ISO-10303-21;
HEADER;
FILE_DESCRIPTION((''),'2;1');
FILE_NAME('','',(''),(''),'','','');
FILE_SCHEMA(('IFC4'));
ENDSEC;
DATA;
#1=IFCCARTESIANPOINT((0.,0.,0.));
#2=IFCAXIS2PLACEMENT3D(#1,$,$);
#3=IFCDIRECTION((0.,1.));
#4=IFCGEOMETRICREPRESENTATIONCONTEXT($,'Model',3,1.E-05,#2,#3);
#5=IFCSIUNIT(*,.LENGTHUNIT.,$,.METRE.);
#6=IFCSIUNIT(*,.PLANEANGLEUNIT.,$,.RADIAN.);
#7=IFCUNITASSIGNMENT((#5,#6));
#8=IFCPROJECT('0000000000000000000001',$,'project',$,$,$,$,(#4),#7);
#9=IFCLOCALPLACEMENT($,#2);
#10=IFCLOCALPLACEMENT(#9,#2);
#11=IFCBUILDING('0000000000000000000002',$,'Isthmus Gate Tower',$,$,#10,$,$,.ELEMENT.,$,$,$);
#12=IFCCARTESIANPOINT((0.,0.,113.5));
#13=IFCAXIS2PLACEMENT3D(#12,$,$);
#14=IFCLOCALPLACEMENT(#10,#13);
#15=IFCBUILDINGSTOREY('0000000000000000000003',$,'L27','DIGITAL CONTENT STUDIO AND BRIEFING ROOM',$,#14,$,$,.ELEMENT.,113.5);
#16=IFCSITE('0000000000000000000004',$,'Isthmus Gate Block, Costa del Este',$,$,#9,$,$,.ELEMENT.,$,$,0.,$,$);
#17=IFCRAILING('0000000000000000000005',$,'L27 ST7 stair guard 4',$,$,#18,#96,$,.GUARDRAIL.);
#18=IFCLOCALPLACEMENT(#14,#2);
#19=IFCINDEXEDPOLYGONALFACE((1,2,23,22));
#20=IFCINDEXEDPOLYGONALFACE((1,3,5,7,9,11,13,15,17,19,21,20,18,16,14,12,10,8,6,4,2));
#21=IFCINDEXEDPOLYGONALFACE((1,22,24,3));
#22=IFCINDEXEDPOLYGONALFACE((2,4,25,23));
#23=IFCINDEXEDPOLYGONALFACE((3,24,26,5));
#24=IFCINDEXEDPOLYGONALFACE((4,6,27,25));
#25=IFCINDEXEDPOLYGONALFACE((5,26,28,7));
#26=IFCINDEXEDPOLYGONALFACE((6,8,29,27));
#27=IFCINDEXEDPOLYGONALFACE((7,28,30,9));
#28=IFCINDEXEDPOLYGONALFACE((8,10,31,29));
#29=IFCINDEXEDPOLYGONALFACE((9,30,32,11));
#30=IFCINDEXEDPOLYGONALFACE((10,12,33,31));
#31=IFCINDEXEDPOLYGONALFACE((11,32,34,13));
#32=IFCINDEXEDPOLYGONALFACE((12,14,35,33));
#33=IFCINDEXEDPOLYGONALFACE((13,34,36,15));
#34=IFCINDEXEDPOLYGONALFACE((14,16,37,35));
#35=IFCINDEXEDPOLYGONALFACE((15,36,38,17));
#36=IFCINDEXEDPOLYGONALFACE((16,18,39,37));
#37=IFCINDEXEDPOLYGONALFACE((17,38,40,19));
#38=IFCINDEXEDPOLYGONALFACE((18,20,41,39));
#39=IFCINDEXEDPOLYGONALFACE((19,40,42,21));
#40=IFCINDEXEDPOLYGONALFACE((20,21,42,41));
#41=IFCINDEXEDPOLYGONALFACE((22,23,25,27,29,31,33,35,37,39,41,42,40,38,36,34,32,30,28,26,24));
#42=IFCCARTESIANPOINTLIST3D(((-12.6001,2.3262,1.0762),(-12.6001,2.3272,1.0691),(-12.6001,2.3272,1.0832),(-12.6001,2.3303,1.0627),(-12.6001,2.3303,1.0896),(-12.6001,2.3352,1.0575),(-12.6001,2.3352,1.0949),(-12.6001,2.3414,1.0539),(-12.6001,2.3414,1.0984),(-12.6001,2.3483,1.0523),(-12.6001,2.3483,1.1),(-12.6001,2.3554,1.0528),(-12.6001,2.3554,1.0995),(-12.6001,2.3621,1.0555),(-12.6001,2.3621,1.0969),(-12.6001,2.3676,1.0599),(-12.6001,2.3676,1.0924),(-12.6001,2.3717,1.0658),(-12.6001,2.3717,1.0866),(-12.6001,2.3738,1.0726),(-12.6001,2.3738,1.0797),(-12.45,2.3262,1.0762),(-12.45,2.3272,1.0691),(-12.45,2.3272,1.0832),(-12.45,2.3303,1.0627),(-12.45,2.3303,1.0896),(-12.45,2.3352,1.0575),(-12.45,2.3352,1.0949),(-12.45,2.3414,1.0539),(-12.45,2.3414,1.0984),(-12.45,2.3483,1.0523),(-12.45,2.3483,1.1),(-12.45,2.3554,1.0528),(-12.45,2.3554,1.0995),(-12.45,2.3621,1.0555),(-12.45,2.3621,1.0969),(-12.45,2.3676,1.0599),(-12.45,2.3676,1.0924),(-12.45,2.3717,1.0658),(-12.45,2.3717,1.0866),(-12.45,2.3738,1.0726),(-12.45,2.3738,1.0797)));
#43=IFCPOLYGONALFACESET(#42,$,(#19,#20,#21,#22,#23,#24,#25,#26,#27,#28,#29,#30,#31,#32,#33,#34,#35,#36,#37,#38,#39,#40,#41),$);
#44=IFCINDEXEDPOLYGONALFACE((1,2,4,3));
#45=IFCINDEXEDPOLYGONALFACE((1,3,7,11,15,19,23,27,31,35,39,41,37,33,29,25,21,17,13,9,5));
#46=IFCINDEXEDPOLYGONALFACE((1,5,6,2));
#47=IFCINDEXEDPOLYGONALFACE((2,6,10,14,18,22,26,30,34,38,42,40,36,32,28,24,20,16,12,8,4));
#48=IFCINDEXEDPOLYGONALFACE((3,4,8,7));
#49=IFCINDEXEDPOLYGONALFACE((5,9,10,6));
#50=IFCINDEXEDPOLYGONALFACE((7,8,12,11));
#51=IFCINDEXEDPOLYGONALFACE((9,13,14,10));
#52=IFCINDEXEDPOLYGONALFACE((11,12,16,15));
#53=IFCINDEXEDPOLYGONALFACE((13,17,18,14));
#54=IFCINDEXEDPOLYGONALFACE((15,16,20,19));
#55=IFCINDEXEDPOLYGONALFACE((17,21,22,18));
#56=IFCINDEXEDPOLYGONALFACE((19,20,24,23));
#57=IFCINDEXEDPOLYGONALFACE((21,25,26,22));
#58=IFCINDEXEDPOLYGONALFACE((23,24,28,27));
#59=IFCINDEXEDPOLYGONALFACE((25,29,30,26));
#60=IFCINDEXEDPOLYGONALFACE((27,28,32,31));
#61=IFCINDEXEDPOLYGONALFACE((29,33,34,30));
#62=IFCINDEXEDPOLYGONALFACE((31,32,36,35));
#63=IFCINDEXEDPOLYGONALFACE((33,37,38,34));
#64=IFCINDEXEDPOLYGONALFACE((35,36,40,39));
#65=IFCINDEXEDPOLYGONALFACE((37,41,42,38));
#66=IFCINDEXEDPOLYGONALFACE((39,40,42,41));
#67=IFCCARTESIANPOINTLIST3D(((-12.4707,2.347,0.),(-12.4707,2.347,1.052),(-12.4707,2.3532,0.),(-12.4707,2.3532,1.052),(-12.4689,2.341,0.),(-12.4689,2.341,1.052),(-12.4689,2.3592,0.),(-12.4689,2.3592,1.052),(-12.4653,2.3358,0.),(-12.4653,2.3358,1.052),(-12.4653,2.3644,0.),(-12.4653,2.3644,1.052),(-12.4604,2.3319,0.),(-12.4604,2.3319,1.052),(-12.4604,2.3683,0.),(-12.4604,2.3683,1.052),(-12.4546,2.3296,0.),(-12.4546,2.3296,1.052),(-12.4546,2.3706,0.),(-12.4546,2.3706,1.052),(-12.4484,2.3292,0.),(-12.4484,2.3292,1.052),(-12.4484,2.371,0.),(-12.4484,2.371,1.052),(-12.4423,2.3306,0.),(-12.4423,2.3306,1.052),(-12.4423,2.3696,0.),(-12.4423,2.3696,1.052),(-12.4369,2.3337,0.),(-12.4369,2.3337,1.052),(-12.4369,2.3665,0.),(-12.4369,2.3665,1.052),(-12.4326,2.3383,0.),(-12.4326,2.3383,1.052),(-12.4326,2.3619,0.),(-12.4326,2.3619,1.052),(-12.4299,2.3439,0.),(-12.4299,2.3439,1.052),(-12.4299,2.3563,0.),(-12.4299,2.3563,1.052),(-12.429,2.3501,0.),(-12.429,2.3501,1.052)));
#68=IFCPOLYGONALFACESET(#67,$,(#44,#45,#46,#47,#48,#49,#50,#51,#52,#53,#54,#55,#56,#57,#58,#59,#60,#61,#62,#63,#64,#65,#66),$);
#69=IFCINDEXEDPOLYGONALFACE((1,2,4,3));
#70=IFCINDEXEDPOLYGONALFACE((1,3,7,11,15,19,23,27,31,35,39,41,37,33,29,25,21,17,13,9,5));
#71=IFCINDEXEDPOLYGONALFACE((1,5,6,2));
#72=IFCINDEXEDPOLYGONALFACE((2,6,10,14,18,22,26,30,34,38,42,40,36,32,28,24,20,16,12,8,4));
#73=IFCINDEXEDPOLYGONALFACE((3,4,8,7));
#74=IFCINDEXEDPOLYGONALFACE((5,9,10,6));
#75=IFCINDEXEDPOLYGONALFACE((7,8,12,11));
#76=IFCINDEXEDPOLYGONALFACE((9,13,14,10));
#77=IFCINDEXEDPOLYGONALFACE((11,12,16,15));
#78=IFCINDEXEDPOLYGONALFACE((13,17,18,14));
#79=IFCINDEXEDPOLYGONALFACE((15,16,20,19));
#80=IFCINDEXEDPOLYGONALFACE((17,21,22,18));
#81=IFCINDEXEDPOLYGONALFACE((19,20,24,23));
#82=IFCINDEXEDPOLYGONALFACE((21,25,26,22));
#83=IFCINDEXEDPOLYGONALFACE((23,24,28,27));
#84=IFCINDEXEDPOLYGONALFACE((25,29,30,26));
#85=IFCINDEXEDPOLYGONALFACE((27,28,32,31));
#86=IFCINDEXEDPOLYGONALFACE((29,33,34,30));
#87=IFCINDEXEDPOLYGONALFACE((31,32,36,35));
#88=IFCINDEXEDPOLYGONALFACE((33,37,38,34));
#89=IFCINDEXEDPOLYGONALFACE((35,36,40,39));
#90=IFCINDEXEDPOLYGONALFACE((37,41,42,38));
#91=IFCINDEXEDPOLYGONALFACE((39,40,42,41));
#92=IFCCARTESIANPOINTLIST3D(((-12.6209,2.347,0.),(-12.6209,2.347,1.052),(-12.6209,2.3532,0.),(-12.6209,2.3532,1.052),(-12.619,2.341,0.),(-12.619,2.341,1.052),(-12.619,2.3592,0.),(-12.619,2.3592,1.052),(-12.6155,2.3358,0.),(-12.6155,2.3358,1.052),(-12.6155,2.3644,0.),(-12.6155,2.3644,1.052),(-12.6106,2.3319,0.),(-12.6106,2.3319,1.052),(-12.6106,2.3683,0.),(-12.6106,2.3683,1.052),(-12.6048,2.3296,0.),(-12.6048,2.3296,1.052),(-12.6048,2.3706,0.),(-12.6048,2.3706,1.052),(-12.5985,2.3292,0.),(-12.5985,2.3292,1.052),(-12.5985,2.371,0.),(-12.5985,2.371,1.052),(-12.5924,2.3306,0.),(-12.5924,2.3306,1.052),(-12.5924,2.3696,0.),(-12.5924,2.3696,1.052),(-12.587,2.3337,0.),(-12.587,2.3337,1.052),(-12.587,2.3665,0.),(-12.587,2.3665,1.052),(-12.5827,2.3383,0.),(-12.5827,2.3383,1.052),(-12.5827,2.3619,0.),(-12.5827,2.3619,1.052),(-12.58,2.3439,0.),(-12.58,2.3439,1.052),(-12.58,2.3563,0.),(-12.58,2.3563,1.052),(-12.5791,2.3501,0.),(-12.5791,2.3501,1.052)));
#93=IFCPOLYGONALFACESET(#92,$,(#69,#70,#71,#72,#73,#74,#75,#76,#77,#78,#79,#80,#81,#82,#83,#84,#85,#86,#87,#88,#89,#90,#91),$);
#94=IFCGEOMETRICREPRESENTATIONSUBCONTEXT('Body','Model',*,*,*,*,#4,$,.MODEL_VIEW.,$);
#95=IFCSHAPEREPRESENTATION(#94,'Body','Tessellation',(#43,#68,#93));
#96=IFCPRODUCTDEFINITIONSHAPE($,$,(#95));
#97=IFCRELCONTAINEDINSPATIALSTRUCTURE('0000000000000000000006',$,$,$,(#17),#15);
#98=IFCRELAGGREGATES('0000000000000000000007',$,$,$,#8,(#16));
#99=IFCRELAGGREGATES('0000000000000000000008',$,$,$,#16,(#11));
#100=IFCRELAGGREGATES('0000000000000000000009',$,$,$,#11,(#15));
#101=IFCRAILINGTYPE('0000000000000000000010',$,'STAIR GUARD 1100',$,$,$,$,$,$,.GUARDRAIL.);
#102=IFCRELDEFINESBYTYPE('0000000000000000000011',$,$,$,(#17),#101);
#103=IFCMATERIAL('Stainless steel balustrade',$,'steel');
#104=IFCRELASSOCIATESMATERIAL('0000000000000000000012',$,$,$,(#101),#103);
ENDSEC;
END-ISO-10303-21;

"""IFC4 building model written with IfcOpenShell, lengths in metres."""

from ifc_helpers import new_model, si_unit, direction, frame, origin, origin_2d, place, context, subcontext, project, spatial, circle, extrude, material, type_object, element, save


model = new_model("IFC4")

# Units and contexts
model_context = context("Model", 3, precision=1e-05, world=origin(), true_north=direction((0.0, 1.0)))
body_context = subcontext(model_context, "Body", "Model", "MODEL_VIEW")
ifc_project = project(units=[si_unit("LENGTHUNIT", "METRE"), si_unit("PLANEANGLEUNIT", "RADIAN")], contexts=[model_context])

# Site, building, storey
site_placement = place(None, origin())
site = spatial("IfcSite", under=ifc_project, at=site_placement, Name="Isthmus Gate Block, Costa del Este", CompositionType="ELEMENT", RefElevation=0.0)
building_placement = place(site_placement, origin())
building = spatial("IfcBuilding", under=site, at=building_placement, Name="Isthmus Gate Tower", CompositionType="ELEMENT")
storey_placement = place(building_placement, frame((0.0, 0.0, 113.5)))
storey = spatial("IfcBuildingStorey", under=building, at=storey_placement, Name="L27", Description="DIGITAL CONTENT STUDIO AND BRIEFING ROOM", CompositionType="ELEMENT", Elevation=113.5)

# Railing
ifc_material_1 = material(Name="Stainless steel balustrade", Category="steel")
railing_type_1 = type_object("IfcRailingType", Name="STAIR GUARD 1100", PredefinedType="GUARDRAIL", material=ifc_material_1)
railing_1_placement = place(storey_placement, frame((-12.45, 2.3501, 0.0)))
element("IfcRailing", 1, at=railing_1_placement, inside=storey, type_object=railing_type_1, Name="L27 ST7 stair guard 4", PredefinedType="GUARDRAIL", context=body_context, shape_type="SweptSolid", body=[
    extrude(circle(Radius=0.0239, at=origin_2d()), frame((0.0, 0.0, 1.0762), z_axis=(-1.0, 0.0, 0.0), x_axis=(0.0, -1.0, 0.0)), (0.0, 0.0, 1.0), 0.1501),
    extrude(circle(Radius=0.021, at=origin_2d()), origin(), (0.0, 0.0, 1.0), 1.052),
    extrude(circle(Radius=0.021, at=origin_2d()), frame((-0.1501, 0.0, 0.0)), (0.0, 0.0, 1.0), 1.052),
])

save(model, "model.ifc")
